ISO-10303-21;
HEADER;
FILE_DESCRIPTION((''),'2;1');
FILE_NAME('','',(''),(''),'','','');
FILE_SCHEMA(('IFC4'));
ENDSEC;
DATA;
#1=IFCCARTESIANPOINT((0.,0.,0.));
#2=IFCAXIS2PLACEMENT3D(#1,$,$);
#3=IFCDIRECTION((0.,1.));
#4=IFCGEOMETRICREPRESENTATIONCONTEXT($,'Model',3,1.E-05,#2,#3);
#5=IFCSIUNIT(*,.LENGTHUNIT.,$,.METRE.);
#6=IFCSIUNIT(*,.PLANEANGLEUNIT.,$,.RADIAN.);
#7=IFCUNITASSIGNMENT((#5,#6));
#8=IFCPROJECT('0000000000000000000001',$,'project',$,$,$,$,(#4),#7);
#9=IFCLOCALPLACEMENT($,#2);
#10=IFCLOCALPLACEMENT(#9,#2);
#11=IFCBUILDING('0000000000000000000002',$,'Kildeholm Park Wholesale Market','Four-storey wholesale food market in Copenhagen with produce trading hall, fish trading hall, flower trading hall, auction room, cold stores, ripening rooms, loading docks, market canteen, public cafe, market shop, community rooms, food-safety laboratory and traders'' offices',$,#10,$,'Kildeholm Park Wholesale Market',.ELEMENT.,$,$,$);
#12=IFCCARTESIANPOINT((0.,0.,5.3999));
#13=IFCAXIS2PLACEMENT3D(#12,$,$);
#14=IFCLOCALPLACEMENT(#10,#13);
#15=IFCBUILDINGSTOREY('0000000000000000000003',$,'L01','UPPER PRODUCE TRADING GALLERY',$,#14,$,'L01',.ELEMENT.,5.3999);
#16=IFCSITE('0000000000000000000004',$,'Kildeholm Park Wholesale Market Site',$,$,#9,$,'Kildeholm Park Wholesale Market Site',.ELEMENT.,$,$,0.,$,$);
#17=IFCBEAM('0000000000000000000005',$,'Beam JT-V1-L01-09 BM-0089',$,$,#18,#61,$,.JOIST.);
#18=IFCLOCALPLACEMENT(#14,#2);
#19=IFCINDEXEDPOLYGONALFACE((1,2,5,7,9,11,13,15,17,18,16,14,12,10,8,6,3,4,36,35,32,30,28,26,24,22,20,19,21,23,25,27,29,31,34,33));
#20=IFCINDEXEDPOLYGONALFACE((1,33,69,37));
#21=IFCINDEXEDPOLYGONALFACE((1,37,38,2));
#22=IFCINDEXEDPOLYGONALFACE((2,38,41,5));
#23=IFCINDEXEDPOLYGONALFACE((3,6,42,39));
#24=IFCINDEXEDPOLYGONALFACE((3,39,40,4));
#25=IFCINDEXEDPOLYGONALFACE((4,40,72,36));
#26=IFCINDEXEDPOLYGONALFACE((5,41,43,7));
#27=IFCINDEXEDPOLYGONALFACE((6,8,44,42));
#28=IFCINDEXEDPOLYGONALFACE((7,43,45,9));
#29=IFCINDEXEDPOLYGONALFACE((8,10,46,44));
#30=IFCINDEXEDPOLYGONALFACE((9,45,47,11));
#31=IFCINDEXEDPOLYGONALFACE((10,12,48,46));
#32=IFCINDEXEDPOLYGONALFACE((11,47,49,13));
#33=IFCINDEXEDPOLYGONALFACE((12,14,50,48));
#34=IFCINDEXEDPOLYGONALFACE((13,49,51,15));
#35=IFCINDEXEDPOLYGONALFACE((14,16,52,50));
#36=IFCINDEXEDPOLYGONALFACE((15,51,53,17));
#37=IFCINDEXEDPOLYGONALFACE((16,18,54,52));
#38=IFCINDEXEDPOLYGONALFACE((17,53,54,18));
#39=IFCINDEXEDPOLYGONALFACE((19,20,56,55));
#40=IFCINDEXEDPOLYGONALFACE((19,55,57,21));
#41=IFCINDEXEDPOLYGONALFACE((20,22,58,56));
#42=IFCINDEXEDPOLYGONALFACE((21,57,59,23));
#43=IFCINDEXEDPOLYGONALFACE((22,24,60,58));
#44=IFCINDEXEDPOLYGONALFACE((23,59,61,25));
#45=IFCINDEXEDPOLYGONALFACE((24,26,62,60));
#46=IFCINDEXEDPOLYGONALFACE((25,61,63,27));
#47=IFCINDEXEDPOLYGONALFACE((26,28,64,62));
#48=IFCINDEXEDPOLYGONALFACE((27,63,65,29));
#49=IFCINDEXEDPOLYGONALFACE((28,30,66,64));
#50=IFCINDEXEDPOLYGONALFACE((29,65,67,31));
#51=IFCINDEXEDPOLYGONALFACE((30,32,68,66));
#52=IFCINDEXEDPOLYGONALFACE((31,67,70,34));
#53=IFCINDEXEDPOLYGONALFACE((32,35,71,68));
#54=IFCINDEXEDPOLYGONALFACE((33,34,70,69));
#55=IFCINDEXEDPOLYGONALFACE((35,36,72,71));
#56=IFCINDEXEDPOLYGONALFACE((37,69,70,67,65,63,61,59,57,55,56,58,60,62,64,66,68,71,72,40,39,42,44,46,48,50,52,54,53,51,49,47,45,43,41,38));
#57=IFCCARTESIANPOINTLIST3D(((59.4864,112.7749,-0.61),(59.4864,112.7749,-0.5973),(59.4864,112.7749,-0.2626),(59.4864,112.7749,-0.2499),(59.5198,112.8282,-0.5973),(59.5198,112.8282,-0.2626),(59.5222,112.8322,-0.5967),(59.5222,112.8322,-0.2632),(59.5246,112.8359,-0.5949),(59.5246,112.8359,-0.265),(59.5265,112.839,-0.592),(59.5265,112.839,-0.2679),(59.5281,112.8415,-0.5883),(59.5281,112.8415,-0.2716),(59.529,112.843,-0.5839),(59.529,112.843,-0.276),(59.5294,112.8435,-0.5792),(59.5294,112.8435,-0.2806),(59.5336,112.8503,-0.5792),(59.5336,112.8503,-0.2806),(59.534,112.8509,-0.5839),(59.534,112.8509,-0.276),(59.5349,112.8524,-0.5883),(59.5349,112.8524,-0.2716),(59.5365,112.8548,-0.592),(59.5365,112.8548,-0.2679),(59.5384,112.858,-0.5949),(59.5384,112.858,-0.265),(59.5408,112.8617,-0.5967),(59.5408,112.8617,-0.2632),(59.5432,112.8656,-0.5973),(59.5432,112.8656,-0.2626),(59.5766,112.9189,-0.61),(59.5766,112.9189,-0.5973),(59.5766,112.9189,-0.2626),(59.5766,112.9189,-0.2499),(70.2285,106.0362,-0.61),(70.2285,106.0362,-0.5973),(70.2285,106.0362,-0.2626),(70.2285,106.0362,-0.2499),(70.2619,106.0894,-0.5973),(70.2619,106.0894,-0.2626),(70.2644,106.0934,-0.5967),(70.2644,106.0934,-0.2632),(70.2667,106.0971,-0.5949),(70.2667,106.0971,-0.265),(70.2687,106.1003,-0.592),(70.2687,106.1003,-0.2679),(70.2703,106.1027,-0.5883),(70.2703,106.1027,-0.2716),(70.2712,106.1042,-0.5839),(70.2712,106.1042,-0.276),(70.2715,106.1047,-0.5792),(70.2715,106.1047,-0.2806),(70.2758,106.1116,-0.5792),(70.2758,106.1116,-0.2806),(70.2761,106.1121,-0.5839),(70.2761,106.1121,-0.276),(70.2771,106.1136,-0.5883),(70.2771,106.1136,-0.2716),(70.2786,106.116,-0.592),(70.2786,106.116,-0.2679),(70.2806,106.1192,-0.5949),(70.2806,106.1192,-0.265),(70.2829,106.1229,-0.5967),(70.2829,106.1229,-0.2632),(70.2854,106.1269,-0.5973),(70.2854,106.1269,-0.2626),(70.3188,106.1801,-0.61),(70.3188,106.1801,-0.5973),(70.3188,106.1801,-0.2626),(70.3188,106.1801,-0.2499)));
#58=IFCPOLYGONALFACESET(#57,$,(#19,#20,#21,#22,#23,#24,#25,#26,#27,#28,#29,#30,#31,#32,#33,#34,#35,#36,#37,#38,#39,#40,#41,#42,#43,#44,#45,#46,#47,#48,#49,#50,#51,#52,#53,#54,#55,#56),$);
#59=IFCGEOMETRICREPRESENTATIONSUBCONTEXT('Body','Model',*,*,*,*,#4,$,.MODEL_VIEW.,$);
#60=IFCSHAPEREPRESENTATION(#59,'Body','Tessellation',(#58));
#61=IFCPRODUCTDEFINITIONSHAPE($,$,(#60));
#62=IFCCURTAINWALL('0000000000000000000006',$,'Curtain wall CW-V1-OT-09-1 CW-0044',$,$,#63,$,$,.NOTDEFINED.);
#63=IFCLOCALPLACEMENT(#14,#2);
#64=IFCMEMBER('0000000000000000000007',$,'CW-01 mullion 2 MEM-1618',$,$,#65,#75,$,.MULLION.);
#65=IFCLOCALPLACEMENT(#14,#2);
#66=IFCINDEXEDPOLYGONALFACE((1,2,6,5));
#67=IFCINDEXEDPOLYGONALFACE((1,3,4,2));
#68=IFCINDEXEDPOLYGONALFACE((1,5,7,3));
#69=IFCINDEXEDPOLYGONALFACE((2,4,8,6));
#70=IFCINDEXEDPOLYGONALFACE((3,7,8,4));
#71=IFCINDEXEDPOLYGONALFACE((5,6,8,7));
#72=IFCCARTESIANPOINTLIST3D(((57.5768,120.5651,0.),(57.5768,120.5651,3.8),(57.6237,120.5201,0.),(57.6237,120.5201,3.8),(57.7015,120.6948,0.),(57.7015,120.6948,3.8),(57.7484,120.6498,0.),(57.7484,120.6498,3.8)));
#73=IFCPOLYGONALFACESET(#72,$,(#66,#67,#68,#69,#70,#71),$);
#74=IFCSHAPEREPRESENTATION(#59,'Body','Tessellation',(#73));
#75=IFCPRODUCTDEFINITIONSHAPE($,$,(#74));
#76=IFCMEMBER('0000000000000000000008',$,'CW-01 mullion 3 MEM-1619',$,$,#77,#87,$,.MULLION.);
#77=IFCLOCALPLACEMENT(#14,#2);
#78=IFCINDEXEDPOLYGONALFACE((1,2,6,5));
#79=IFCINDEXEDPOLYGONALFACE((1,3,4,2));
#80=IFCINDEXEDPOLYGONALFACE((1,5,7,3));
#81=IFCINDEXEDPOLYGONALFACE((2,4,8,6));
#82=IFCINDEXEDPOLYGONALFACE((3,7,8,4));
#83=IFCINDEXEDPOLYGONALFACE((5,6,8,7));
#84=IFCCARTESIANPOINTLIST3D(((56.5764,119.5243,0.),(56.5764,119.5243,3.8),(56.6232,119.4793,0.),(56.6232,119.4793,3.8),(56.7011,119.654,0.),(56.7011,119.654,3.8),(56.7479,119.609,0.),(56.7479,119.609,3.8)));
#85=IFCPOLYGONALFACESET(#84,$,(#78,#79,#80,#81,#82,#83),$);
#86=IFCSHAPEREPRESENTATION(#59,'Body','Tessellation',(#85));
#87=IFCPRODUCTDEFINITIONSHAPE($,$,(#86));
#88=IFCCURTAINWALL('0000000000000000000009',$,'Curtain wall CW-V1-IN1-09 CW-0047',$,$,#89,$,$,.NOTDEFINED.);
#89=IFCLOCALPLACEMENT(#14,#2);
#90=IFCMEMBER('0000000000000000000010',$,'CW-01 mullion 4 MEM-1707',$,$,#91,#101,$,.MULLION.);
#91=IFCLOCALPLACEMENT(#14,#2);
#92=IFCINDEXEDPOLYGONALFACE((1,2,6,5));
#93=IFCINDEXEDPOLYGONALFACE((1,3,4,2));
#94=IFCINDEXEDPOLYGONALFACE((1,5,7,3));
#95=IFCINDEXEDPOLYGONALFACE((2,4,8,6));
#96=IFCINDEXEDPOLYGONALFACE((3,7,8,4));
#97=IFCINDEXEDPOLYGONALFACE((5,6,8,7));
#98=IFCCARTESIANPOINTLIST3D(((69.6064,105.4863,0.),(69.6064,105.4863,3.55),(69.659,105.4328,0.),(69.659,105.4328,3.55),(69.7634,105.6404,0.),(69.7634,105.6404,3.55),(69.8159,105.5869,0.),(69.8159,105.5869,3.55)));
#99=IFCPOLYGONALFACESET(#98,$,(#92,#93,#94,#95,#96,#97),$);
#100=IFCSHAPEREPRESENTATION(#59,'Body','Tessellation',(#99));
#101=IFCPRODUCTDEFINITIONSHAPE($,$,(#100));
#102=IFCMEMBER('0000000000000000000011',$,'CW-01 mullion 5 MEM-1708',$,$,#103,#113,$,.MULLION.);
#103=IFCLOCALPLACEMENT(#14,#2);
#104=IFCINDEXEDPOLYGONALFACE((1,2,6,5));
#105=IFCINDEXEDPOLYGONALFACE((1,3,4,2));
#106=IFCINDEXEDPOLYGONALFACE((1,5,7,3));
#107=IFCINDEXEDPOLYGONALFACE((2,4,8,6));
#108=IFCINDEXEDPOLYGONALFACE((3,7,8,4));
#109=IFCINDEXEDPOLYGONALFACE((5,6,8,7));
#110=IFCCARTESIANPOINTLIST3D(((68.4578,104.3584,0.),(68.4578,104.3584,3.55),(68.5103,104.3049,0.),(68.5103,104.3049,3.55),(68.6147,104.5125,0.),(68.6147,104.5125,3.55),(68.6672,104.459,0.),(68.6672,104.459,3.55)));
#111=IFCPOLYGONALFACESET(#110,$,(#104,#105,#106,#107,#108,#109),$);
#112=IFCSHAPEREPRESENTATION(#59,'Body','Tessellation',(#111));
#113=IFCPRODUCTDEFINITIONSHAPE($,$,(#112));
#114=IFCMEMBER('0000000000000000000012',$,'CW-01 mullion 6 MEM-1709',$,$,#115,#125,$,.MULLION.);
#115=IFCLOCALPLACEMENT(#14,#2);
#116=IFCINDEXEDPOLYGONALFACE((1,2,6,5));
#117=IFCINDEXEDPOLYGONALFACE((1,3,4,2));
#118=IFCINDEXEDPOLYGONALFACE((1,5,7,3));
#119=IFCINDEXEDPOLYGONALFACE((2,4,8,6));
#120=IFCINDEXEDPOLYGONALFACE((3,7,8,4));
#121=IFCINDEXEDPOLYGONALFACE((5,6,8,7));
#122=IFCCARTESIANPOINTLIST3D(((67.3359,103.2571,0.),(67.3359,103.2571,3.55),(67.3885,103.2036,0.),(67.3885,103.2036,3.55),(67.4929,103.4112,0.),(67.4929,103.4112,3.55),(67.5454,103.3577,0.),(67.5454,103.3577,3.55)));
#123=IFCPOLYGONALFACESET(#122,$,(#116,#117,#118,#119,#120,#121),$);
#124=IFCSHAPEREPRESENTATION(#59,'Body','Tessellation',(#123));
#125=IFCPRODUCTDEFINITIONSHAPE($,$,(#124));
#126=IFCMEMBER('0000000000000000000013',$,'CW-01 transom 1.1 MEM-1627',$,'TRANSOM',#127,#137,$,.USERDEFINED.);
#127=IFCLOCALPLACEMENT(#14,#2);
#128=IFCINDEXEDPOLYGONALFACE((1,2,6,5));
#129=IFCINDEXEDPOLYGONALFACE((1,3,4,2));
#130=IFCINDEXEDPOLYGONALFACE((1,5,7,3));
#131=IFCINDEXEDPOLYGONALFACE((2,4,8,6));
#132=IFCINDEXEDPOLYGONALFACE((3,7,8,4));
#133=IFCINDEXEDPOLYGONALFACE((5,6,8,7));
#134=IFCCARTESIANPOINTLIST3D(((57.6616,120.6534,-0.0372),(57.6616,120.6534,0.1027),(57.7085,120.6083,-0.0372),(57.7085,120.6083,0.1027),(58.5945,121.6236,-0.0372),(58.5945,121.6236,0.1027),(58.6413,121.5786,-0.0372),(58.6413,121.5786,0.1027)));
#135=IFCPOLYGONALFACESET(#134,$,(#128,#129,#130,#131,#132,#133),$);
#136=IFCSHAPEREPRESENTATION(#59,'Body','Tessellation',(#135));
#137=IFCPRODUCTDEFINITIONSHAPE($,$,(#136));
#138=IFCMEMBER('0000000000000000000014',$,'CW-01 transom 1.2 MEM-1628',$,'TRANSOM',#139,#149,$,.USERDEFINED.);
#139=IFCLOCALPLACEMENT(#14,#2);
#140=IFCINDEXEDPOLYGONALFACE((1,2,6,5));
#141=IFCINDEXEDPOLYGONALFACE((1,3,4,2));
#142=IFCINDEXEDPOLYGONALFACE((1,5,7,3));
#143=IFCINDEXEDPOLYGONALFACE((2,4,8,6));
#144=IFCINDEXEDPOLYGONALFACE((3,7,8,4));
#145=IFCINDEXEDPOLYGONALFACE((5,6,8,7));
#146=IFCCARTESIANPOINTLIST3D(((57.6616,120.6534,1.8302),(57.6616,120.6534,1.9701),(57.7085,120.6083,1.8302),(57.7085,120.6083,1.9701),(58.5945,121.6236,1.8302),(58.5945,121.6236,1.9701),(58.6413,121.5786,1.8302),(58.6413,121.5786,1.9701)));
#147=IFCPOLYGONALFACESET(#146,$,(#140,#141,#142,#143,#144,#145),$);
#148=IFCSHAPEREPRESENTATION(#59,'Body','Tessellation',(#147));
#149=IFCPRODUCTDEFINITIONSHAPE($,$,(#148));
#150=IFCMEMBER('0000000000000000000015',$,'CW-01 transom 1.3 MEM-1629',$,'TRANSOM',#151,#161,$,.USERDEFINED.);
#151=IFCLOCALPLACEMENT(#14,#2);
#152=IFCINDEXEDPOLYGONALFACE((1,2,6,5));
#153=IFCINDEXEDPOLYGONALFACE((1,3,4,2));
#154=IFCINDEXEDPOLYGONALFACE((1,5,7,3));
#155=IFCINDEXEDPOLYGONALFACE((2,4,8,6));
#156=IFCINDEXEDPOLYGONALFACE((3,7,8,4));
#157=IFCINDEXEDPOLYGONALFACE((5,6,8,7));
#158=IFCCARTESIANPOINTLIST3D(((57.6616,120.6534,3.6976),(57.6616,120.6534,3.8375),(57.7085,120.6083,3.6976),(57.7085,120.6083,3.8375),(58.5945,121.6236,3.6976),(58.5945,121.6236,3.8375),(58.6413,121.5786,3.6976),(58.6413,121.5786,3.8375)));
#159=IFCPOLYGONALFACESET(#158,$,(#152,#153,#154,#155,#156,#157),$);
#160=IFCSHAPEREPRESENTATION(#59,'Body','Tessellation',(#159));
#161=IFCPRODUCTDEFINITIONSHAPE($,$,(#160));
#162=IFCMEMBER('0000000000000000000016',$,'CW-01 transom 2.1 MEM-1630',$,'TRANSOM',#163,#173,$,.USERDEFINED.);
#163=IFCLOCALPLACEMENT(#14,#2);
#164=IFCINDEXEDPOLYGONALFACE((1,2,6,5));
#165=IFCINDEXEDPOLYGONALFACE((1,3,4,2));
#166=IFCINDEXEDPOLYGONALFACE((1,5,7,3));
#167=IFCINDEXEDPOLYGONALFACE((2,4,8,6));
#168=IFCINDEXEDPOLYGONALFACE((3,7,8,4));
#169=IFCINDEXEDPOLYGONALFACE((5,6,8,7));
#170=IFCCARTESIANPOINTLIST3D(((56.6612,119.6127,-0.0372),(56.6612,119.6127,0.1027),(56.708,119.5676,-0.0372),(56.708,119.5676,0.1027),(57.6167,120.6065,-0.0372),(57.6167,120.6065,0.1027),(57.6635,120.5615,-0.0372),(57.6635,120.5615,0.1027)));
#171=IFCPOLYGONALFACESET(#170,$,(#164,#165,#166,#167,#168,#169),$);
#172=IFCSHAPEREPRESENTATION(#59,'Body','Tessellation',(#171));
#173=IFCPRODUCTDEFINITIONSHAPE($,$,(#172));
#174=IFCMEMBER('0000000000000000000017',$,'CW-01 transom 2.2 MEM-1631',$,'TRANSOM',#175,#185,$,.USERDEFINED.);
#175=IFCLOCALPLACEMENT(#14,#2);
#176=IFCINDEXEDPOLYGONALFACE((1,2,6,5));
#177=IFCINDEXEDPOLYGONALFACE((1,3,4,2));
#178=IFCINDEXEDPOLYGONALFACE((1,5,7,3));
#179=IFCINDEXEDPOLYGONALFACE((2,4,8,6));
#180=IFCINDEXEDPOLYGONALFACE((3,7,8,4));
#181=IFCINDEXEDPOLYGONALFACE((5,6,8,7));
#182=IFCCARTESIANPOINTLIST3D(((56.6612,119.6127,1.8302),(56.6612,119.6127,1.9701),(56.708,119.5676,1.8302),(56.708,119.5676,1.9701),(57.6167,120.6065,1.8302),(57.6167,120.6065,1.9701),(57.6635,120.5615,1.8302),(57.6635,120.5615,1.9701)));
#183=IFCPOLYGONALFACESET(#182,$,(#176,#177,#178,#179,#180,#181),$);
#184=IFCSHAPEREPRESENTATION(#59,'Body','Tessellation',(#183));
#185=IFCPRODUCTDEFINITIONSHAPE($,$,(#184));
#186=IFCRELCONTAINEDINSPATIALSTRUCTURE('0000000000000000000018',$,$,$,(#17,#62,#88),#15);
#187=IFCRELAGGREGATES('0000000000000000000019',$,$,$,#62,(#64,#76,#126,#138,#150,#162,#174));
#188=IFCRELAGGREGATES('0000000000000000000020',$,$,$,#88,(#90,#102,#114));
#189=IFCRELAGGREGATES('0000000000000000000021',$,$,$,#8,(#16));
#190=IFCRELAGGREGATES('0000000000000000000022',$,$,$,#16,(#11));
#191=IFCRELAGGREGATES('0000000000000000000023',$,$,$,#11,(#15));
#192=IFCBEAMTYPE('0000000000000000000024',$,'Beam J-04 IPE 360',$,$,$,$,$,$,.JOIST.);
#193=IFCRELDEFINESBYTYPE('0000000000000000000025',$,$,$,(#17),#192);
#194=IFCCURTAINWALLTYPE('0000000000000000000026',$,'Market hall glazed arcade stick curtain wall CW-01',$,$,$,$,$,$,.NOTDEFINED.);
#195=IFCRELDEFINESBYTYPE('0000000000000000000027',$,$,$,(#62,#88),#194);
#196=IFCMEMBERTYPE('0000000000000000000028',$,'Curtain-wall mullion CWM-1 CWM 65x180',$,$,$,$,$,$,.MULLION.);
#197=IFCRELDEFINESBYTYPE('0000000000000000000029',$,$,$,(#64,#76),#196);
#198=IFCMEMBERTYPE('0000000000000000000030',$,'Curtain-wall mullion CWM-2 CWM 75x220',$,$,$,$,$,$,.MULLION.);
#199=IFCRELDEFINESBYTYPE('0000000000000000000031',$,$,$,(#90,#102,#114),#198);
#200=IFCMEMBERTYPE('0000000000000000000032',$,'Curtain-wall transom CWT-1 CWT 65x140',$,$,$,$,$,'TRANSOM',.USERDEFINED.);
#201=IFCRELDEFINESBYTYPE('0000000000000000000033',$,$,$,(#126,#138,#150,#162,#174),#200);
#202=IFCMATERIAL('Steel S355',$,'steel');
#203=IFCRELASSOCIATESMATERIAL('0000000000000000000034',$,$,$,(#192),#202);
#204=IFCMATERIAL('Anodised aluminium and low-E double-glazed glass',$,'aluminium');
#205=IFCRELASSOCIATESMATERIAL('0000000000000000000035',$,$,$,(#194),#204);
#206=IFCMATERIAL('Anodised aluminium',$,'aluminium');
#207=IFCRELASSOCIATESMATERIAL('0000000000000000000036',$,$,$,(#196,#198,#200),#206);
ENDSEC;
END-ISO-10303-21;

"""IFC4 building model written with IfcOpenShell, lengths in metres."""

from ifc_helpers import new_model, si_unit, direction, frame, origin, origin_2d, place, context, subcontext, project, spatial, rectangle, i_section, extrude, material, material_profile, profile_set, type_object, element, aggregate, save


model = new_model("IFC4")

# Units and contexts
model_context = context("Model", 3, precision=1e-05, world=origin(), true_north=direction((0.0, 1.0)))
body_context = subcontext(model_context, "Body", "Model", "MODEL_VIEW")
ifc_project = project(units=[si_unit("LENGTHUNIT", "METRE"), si_unit("PLANEANGLEUNIT", "RADIAN")], contexts=[model_context])

# Site, building, storey
site_placement = place(None, origin())
site = spatial("IfcSite", under=ifc_project, at=site_placement, Name="Kildeholm Park Wholesale Market Site", LongName="Kildeholm Park Wholesale Market Site", CompositionType="ELEMENT", RefElevation=0.0)
building_placement = place(site_placement, origin())
building = spatial("IfcBuilding", under=site, at=building_placement, Name="Kildeholm Park Wholesale Market", Description="Four-storey wholesale food market in Copenhagen with produce trading hall, fish trading hall, flower trading hall, auction room, cold stores, ripening rooms, loading docks, market canteen, public cafe, market shop, community rooms, food-safety laboratory and traders' offices", LongName="Kildeholm Park Wholesale Market", CompositionType="ELEMENT")
storey_placement = place(building_placement, frame((0.0, 0.0, 5.3999)))
storey = spatial("IfcBuildingStorey", under=building, at=storey_placement, Name="L01", Description="UPPER PRODUCE TRADING GALLERY", LongName="L01", CompositionType="ELEMENT", Elevation=5.3999)

# Shared definitions
ifc_material_1 = material(Name="Steel S355", Category="steel")

# Beam
ifc_material_profile_1 = material_profile(ifc_material_1, i_section(OverallWidth=0.1699, OverallDepth=0.3601, WebThickness=0.0081, FlangeThickness=0.0127, FilletRadius=0.0181, at=origin_2d()), Name="IPE 360")
ifc_profile_set_1 = profile_set([ifc_material_profile_1], Name="Steel S355")
beam_type_1 = type_object("IfcBeamType", Name="Beam J-04 IPE 360", PredefinedType="JOIST", material=ifc_profile_set_1)
beam_1_placement = place(storey_placement, frame((70.2737, 106.1082, -0.4299), z_axis=(-0.847115, 0.53141, 0.0), x_axis=(-0.53141, -0.847115, 0.0)))
element("IfcBeam", 1, at=beam_1_placement, inside=storey, type_object=beam_type_1, Name="Beam JT-V1-L01-09 BM-0089", PredefinedType="JOIST", context=body_context, shape_type="SweptSolid", body=[
    extrude(i_section(OverallWidth=0.1699, OverallDepth=0.3601, WebThickness=0.0081, FlangeThickness=0.0127, FilletRadius=0.0181, at=origin_2d()), origin(), (0.0, 0.0, 1.0), 12.6809),
])

# Curtain walls, members
ifc_material_2 = material(Name="Anodised aluminium and low-E double-glazed glass", Category="aluminium")
curtain_wall_type = type_object("IfcCurtainWallType", Name="Market hall glazed arcade stick curtain wall CW-01", PredefinedType="NOTDEFINED", material=ifc_material_2)
curtain_wall_1_placement = place(storey_placement, origin())
curtain_wall_1 = element("IfcCurtainWall", 2, at=curtain_wall_1_placement, inside=storey, type_object=curtain_wall_type, Name="Curtain wall CW-V1-OT-09-1 CW-0044", PredefinedType="NOTDEFINED")
ifc_material_3 = material(Name="Anodised aluminium", Category="aluminium")
ifc_material_profile_2 = material_profile(ifc_material_3, rectangle(XDim=0.0649, YDim=0.1799, at=origin_2d()), Name="CWM 65x180")
ifc_profile_set_2 = profile_set([ifc_material_profile_2], Name="Anodised aluminium")
member_type_1 = type_object("IfcMemberType", Name="Curtain-wall mullion CWM-1 CWM 65x180", PredefinedType="MULLION", material=ifc_profile_set_2)
member_1_placement = place(storey_placement, frame((57.6626, 120.6074, 0.0), z_axis=(0.0, 0.0, 1.0), x_axis=(0.720901, -0.693038, 0.0)))
member_1 = element("IfcMember", 3, at=member_1_placement, type_object=member_type_1, Name="CW-01 mullion 2 MEM-1618", PredefinedType="MULLION", context=body_context, shape_type="SweptSolid", body=[
    extrude(rectangle(XDim=0.0649, YDim=0.1799, at=origin_2d()), origin(), (0.0, 0.0, 1.0), 3.8),
])
member_2_placement = place(storey_placement, frame((56.6621, 119.5667, 0.0), z_axis=(0.0, 0.0, 1.0), x_axis=(0.720901, -0.693038, 0.0)))
member_2 = element("IfcMember", 4, at=member_2_placement, type_object=member_type_1, Name="CW-01 mullion 3 MEM-1619", PredefinedType="MULLION", context=body_context, shape_type="SweptSolid", body=[
    extrude(rectangle(XDim=0.0649, YDim=0.1799, at=origin_2d()), origin(), (0.0, 0.0, 1.0), 3.8),
])
curtain_wall_2_placement = place(storey_placement, origin())
curtain_wall_2 = element("IfcCurtainWall", 5, at=curtain_wall_2_placement, inside=storey, type_object=curtain_wall_type, Name="Curtain wall CW-V1-IN1-09 CW-0047", PredefinedType="NOTDEFINED")
ifc_material_profile_3 = material_profile(ifc_material_3, rectangle(XDim=0.075, YDim=0.22, at=origin_2d()), Name="CWM 75x220")
ifc_profile_set_3 = profile_set([ifc_material_profile_3], Name="Anodised aluminium")
member_type_2 = type_object("IfcMemberType", Name="Curtain-wall mullion CWM-2 CWM 75x220", PredefinedType="MULLION", material=ifc_profile_set_3)
member_3_placement = place(storey_placement, frame((69.7112, 105.5366, 0.0), z_axis=(0.0, 0.0, 1.0), x_axis=(0.700617, -0.713538, 0.0)))
member_3 = element("IfcMember", 6, at=member_3_placement, type_object=member_type_2, Name="CW-01 mullion 4 MEM-1707", PredefinedType="MULLION", context=body_context, shape_type="SweptSolid", body=[
    extrude(rectangle(XDim=0.075, YDim=0.22, at=origin_2d()), origin(), (0.0, 0.0, 1.0), 3.55),
])
member_4_placement = place(storey_placement, frame((68.5625, 104.4087, 0.0), z_axis=(0.0, 0.0, 1.0), x_axis=(0.700617, -0.713538, 0.0)))
member_4 = element("IfcMember", 7, at=member_4_placement, type_object=member_type_2, Name="CW-01 mullion 5 MEM-1708", PredefinedType="MULLION", context=body_context, shape_type="SweptSolid", body=[
    extrude(rectangle(XDim=0.075, YDim=0.22, at=origin_2d()), origin(), (0.0, 0.0, 1.0), 3.55),
])
member_5_placement = place(storey_placement, frame((67.4407, 103.3074, 0.0), z_axis=(0.0, 0.0, 1.0), x_axis=(0.700617, -0.713538, 0.0)))
member_5 = element("IfcMember", 8, at=member_5_placement, type_object=member_type_2, Name="CW-01 mullion 6 MEM-1709", PredefinedType="MULLION", context=body_context, shape_type="SweptSolid", body=[
    extrude(rectangle(XDim=0.075, YDim=0.22, at=origin_2d()), origin(), (0.0, 0.0, 1.0), 3.55),
])

# Members
ifc_material_profile_4 = material_profile(ifc_material_3, rectangle(XDim=0.0649, YDim=0.1399, at=origin_2d()), Name="CWT 65x140")
ifc_profile_set_4 = profile_set([ifc_material_profile_4], Name="Anodised aluminium")
member_type_3 = type_object("IfcMemberType", Name="Curtain-wall transom CWT-1 CWT 65x140", ElementType="TRANSOM", PredefinedType="USERDEFINED", material=ifc_profile_set_4)
member_6_placement = place(storey_placement, frame((58.6179, 121.6011, 0.0327), z_axis=(-0.693094, -0.720847, 0.0), x_axis=(0.720847, -0.693094, 0.0)))
member_6 = element("IfcMember", 9, at=member_6_placement, type_object=member_type_3, Name="CW-01 transom 1.1 MEM-1627", ObjectType="TRANSOM", PredefinedType="USERDEFINED", context=body_context, shape_type="SweptSolid", body=[
    extrude(rectangle(XDim=0.0649, YDim=0.1399, at=origin_2d()), origin(), (0.0, 0.0, 1.0), 1.3459),
])
member_7_placement = place(storey_placement, frame((58.6179, 121.6011, 1.9001), z_axis=(-0.693094, -0.720847, 0.0), x_axis=(0.720847, -0.693094, 0.0)))
member_7 = element("IfcMember", 10, at=member_7_placement, type_object=member_type_3, Name="CW-01 transom 1.2 MEM-1628", ObjectType="TRANSOM", PredefinedType="USERDEFINED", context=body_context, shape_type="SweptSolid", body=[
    extrude(rectangle(XDim=0.0649, YDim=0.1399, at=origin_2d()), origin(), (0.0, 0.0, 1.0), 1.3459),
])
member_8_placement = place(storey_placement, frame((58.6179, 121.6011, 3.7676), z_axis=(-0.693094, -0.720847, 0.0), x_axis=(0.720847, -0.693094, 0.0)))
member_8 = element("IfcMember", 11, at=member_8_placement, type_object=member_type_3, Name="CW-01 transom 1.3 MEM-1629", ObjectType="TRANSOM", PredefinedType="USERDEFINED", context=body_context, shape_type="SweptSolid", body=[
    extrude(rectangle(XDim=0.0649, YDim=0.1399, at=origin_2d()), origin(), (0.0, 0.0, 1.0), 1.3459),
])
member_9_placement = place(storey_placement, frame((57.6401, 120.584, 0.0327), z_axis=(-0.69307, -0.72087, 0.0), x_axis=(0.72087, -0.69307, 0.0)))
member_9 = element("IfcMember", 12, at=member_9_placement, type_object=member_type_3, Name="CW-01 transom 2.1 MEM-1630", ObjectType="TRANSOM", PredefinedType="USERDEFINED", context=body_context, shape_type="SweptSolid", body=[
    extrude(rectangle(XDim=0.0649, YDim=0.1399, at=origin_2d()), origin(), (0.0, 0.0, 1.0), 1.3787),
])
member_10_placement = place(storey_placement, frame((57.6401, 120.584, 1.9001), z_axis=(-0.69307, -0.72087, 0.0), x_axis=(0.72087, -0.69307, 0.0)))
member_10 = element("IfcMember", 13, at=member_10_placement, type_object=member_type_3, Name="CW-01 transom 2.2 MEM-1631", ObjectType="TRANSOM", PredefinedType="USERDEFINED", context=body_context, shape_type="SweptSolid", body=[
    extrude(rectangle(XDim=0.0649, YDim=0.1399, at=origin_2d()), origin(), (0.0, 0.0, 1.0), 1.3787),
])

aggregate(curtain_wall_1, [member_1, member_2, member_6, member_7, member_8, member_9, member_10])
aggregate(curtain_wall_2, [member_3, member_4, member_5])

save(model, "model.ifc")
